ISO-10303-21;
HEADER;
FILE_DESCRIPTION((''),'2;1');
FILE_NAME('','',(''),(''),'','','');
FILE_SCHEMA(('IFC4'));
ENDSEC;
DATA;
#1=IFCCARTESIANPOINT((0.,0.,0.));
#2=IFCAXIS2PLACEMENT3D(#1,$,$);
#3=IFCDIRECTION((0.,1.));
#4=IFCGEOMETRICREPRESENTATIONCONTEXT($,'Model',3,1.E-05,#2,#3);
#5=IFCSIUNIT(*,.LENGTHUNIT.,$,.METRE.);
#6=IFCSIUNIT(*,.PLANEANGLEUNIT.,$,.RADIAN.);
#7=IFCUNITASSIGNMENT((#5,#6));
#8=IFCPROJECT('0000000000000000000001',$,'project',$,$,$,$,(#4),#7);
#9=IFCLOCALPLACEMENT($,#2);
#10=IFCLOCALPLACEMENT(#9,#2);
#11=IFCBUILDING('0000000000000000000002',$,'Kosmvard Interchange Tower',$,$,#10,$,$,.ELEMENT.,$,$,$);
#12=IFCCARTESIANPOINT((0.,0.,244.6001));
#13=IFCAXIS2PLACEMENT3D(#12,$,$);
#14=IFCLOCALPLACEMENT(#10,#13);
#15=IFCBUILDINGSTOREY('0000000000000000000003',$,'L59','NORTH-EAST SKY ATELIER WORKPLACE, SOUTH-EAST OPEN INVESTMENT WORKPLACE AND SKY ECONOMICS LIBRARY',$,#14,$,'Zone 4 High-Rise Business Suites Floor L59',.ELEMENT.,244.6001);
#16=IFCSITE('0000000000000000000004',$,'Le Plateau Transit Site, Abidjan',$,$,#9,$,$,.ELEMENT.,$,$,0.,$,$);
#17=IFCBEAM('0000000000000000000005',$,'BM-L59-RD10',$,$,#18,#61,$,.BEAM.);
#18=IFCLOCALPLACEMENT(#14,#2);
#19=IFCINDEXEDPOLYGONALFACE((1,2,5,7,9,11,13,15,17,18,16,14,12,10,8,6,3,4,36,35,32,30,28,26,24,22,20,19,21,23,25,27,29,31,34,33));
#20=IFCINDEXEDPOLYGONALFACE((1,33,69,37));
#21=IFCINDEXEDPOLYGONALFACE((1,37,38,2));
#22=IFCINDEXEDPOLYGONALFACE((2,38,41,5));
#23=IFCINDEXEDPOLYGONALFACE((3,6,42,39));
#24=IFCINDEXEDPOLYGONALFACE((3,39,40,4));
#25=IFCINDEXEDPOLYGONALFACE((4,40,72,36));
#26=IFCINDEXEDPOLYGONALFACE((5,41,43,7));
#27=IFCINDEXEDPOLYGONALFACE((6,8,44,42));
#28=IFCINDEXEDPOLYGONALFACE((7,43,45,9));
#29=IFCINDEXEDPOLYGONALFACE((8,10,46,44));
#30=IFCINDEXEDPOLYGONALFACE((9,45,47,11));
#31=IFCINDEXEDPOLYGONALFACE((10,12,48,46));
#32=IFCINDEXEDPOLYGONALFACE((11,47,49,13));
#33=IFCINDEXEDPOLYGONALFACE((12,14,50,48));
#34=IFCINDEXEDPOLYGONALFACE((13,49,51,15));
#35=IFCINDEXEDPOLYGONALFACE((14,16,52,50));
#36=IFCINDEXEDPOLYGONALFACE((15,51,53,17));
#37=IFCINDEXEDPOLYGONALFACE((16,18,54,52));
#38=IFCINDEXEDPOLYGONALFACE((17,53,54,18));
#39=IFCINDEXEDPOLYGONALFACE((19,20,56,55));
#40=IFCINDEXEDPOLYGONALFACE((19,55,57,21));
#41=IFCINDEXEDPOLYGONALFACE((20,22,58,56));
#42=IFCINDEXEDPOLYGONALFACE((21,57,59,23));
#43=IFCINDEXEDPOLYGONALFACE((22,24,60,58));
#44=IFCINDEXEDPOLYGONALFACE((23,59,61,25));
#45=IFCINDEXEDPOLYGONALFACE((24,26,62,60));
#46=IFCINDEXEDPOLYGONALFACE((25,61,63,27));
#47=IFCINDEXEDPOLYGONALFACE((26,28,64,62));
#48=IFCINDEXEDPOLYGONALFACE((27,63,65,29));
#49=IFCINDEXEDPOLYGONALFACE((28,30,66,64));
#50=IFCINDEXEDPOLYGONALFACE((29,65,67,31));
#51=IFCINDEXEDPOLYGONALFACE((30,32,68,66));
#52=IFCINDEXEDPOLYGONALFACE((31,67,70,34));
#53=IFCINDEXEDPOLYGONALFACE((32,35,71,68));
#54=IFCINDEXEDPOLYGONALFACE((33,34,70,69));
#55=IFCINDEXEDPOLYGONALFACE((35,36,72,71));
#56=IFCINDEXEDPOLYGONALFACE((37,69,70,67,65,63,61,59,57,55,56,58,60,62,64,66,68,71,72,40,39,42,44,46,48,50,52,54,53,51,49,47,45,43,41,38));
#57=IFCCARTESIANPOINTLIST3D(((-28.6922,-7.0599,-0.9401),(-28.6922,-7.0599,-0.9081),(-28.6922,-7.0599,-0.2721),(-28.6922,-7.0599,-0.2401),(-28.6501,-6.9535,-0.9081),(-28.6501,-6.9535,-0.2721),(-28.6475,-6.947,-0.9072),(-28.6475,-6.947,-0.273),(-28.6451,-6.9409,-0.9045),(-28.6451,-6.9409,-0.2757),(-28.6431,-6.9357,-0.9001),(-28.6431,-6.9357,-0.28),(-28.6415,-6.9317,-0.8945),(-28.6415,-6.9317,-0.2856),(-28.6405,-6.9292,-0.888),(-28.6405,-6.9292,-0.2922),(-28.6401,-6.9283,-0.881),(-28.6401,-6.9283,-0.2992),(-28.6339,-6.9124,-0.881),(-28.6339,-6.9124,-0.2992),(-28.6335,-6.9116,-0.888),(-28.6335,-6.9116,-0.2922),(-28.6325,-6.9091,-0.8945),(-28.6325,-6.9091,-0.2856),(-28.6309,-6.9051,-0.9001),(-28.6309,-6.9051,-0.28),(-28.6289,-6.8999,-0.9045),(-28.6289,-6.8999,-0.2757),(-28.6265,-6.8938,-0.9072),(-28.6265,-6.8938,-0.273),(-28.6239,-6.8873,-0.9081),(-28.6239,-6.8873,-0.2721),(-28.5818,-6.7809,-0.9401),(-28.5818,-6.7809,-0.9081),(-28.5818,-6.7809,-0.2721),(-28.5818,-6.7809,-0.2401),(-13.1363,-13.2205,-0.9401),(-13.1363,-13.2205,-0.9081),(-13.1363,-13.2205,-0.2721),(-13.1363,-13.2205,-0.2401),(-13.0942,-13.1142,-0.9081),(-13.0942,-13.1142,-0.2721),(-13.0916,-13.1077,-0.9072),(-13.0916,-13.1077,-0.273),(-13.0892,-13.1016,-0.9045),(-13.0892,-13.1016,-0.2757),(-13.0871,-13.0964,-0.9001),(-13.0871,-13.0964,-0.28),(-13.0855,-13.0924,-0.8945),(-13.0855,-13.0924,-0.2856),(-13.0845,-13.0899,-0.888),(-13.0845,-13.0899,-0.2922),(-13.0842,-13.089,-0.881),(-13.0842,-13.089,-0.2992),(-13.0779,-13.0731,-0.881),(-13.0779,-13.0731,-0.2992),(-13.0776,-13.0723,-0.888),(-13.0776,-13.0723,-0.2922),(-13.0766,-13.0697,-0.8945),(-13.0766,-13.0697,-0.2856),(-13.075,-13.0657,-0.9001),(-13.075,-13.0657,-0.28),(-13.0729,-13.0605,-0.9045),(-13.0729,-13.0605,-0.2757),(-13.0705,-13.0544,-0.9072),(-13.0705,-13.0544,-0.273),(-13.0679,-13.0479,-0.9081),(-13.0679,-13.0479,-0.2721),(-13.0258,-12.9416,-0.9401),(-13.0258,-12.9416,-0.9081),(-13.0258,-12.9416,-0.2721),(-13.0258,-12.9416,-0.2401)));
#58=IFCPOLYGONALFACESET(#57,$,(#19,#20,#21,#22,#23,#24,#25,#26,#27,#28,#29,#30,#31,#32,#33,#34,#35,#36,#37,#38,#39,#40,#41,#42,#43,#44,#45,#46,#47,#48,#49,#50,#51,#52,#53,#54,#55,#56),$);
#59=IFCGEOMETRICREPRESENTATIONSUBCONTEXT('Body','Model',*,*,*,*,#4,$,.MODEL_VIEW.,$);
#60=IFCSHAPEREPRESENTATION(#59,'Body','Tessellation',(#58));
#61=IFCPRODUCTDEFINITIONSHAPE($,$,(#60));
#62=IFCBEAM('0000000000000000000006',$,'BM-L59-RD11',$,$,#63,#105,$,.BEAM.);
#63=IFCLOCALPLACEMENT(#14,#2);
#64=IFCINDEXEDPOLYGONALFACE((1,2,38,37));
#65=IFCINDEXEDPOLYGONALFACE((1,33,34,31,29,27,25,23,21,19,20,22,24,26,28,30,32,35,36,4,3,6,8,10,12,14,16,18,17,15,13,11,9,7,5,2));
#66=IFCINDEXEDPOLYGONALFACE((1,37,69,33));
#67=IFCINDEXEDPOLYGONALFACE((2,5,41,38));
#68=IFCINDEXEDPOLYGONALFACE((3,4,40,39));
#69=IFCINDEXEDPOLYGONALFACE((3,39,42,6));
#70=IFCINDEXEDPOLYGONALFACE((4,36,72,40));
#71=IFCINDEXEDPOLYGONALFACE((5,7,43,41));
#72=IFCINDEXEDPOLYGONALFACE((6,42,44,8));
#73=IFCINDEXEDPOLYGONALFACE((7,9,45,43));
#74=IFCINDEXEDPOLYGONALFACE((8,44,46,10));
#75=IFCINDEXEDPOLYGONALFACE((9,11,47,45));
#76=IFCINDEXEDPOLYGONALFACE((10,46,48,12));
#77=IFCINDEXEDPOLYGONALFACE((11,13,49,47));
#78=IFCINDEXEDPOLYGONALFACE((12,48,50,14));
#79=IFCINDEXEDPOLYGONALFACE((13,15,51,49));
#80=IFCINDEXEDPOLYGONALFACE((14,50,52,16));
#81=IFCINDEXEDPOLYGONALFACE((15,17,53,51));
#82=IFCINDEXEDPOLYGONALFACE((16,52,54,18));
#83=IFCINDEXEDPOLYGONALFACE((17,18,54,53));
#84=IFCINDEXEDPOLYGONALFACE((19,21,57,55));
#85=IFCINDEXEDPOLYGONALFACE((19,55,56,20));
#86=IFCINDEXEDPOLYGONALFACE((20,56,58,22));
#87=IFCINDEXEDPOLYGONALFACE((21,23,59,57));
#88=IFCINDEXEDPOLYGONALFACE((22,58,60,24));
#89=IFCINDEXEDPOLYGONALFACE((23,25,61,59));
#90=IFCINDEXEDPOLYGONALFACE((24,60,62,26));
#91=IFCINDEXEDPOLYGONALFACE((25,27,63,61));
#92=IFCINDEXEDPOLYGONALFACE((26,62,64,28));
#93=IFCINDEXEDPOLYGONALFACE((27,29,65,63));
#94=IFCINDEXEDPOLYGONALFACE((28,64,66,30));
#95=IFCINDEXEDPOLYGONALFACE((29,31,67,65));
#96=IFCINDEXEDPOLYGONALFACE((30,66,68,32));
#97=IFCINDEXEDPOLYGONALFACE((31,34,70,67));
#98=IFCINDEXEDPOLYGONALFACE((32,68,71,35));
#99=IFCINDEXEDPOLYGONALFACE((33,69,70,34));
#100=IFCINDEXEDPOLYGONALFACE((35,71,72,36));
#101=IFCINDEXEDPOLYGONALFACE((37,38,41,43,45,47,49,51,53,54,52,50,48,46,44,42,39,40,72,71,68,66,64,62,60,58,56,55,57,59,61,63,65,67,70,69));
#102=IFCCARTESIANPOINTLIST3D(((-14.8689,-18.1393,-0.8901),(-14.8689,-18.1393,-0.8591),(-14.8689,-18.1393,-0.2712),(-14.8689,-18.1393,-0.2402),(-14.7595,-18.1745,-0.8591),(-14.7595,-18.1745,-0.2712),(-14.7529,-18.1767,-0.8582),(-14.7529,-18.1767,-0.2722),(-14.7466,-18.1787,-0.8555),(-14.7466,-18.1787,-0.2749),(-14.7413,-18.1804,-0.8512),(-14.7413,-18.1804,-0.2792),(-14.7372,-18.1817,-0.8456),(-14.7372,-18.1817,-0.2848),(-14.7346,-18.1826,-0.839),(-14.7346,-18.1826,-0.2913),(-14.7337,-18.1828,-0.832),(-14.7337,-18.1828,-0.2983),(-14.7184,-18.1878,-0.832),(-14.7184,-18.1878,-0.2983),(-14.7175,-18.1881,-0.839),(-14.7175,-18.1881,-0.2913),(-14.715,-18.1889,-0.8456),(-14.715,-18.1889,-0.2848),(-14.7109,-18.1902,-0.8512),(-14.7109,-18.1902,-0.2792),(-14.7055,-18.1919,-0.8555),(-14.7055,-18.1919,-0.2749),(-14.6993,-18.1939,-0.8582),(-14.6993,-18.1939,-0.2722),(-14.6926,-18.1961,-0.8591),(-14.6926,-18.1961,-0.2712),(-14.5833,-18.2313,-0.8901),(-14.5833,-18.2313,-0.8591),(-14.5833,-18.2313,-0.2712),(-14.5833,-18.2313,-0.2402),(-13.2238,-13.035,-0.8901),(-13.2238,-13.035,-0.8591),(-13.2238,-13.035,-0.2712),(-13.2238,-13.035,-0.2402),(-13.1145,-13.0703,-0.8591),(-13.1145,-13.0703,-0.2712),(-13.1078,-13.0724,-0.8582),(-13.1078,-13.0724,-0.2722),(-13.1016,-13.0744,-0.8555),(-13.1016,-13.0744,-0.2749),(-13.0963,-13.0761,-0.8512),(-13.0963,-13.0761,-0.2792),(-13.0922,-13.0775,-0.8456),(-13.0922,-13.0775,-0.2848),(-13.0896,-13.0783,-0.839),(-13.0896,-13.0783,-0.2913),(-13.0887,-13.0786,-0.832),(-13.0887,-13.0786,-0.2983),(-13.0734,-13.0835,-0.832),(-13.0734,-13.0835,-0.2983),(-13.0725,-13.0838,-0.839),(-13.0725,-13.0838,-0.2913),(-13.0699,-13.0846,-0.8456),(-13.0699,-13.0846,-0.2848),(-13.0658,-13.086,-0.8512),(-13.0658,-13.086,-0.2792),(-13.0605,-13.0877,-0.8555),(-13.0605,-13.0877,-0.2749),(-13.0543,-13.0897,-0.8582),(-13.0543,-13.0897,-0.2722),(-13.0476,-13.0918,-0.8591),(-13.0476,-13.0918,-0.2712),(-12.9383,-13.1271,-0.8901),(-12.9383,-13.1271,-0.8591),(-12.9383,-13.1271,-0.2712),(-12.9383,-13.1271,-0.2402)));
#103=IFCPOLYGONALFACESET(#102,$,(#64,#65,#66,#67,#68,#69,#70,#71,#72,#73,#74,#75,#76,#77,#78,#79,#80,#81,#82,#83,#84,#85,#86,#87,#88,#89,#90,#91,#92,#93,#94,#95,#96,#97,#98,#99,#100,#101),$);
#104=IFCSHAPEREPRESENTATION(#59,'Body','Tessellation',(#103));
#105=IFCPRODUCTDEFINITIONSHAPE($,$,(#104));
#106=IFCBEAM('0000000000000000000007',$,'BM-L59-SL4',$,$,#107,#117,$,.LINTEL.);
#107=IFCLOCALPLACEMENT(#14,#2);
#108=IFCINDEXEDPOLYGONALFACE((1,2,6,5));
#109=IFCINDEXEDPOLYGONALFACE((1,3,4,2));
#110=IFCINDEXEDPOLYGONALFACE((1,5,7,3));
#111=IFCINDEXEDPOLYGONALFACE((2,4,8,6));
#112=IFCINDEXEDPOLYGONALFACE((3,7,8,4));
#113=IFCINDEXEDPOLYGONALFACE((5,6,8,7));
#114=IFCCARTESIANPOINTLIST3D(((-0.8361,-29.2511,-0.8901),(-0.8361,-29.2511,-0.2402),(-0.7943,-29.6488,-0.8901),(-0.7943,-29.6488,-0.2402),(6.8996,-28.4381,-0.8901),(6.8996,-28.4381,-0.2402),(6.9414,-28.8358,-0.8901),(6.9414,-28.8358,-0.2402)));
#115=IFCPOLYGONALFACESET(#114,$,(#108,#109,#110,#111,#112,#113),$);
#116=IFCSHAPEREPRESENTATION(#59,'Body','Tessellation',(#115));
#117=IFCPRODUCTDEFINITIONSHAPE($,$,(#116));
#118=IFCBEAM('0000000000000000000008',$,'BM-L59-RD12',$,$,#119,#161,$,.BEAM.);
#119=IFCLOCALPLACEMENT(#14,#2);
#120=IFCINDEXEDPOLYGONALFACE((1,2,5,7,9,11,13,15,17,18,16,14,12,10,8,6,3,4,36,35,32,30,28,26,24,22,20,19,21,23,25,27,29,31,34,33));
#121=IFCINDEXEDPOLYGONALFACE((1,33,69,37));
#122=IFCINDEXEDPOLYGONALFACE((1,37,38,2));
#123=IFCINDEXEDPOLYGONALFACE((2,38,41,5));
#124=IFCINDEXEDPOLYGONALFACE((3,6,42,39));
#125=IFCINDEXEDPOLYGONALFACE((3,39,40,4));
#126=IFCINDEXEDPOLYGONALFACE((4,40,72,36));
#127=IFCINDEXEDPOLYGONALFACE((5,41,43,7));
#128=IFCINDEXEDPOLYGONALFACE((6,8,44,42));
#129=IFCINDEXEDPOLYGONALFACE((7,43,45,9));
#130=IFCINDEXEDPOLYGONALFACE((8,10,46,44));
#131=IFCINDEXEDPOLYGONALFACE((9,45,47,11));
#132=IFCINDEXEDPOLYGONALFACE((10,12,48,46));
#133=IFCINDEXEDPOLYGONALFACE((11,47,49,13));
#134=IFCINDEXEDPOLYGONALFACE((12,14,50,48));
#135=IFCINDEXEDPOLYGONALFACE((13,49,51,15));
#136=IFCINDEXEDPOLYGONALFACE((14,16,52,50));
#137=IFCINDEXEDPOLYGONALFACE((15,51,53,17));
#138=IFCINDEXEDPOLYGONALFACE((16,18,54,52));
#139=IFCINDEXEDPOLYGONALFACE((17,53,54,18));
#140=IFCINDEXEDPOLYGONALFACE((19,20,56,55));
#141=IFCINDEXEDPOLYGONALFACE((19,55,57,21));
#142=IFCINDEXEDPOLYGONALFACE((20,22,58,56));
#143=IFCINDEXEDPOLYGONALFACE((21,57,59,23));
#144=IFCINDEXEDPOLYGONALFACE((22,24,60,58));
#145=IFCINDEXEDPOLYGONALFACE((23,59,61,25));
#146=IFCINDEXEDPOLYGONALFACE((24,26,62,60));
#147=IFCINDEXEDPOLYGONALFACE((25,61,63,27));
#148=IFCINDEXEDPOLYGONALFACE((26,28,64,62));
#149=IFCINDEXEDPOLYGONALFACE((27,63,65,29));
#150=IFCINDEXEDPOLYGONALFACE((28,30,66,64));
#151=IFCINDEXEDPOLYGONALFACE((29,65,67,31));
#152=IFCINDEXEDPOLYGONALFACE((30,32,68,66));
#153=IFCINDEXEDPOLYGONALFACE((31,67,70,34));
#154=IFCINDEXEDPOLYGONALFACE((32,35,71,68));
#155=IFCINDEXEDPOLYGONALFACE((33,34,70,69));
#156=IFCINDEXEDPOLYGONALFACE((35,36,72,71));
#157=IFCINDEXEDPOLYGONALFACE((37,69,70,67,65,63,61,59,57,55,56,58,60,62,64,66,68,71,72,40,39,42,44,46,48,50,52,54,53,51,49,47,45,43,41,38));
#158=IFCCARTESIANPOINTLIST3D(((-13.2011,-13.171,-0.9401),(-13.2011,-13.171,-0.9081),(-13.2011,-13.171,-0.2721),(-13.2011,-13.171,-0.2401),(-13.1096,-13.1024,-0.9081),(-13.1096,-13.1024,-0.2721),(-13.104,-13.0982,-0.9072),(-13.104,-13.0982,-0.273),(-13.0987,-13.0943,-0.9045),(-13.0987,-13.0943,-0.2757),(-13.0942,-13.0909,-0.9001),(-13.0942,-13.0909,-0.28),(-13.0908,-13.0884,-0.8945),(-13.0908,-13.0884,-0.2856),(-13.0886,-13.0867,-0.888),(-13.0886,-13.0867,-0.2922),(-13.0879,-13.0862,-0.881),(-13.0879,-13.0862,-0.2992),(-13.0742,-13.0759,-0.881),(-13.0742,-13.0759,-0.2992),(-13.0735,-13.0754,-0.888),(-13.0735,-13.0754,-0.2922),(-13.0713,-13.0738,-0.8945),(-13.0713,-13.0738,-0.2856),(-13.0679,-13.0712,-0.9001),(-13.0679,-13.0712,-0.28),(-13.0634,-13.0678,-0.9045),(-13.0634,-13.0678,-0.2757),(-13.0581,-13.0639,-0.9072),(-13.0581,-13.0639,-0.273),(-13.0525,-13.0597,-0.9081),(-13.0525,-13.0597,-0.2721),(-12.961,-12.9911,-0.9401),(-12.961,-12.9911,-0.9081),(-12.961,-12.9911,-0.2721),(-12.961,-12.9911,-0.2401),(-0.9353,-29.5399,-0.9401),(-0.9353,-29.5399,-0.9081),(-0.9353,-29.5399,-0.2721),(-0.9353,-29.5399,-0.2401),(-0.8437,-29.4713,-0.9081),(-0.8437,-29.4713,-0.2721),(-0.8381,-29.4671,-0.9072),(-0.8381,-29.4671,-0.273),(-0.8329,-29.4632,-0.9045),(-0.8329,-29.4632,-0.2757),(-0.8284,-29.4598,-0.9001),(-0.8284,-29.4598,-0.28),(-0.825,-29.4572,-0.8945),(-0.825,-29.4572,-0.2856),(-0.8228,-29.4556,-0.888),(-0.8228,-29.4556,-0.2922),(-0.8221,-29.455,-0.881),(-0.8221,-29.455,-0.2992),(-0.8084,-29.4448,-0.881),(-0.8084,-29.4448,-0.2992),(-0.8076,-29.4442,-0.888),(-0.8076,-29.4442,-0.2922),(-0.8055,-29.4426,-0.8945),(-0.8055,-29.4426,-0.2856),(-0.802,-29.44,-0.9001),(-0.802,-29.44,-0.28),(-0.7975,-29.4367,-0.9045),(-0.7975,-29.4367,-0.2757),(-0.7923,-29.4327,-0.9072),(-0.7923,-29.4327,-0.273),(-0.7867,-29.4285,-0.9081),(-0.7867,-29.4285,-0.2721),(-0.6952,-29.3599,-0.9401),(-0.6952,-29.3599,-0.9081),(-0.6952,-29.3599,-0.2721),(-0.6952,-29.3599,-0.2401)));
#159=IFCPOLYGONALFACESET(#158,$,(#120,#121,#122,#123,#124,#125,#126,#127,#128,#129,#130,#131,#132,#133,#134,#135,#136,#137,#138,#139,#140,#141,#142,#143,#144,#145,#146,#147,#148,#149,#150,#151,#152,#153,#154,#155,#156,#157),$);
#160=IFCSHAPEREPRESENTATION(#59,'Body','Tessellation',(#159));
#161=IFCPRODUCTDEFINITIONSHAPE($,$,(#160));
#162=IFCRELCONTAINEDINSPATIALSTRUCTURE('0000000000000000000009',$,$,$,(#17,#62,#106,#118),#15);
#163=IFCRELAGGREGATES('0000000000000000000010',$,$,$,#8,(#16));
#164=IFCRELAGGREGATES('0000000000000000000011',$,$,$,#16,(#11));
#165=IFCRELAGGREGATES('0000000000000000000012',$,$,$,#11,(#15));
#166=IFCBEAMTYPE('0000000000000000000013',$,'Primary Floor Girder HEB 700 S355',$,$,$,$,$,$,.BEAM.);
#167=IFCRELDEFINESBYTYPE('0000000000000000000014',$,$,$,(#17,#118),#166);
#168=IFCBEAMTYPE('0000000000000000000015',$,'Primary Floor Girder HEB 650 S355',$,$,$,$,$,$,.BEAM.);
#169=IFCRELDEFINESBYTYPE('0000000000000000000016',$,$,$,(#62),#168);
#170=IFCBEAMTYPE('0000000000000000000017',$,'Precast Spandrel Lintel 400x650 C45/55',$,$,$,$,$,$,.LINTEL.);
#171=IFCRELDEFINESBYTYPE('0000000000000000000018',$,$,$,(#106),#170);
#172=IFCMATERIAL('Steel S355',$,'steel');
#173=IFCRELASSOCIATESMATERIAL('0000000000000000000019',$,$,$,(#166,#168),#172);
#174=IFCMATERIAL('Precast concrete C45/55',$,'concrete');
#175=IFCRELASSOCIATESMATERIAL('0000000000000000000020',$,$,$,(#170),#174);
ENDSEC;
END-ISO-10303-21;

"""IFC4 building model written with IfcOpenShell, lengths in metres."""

from ifc_helpers import new_model, si_unit, direction, frame, origin, origin_2d, place, context, subcontext, project, spatial, rectangle, i_section, extrude, source, transform, mapped, material, material_profile, profile_set, type_object, element, save


model = new_model("IFC4")

# Units and contexts
model_context = context("Model", 3, precision=1e-05, world=origin(), true_north=direction((0.0, 1.0)))
body_context = subcontext(model_context, "Body", "Model", "MODEL_VIEW")
ifc_project = project(units=[si_unit("LENGTHUNIT", "METRE"), si_unit("PLANEANGLEUNIT", "RADIAN")], contexts=[model_context])

# Site, building, storey
site_placement = place(None, origin())
site = spatial("IfcSite", under=ifc_project, at=site_placement, Name="Le Plateau Transit Site, Abidjan", CompositionType="ELEMENT", RefElevation=0.0)
building_placement = place(site_placement, origin())
building = spatial("IfcBuilding", under=site, at=building_placement, Name="Kosmvard Interchange Tower", CompositionType="ELEMENT")
storey_placement = place(building_placement, frame((0.0, 0.0, 244.6001)))
storey = spatial("IfcBuildingStorey", under=building, at=storey_placement, Name="L59", Description="NORTH-EAST SKY ATELIER WORKPLACE, SOUTH-EAST OPEN INVESTMENT WORKPLACE AND SKY ECONOMICS LIBRARY", LongName="Zone 4 High-Rise Business Suites Floor L59", CompositionType="ELEMENT", Elevation=244.6001)

# Beams
ifc_material_1 = material(Name="Steel S355", Category="steel")
ifc_material_profile_1 = material_profile(ifc_material_1, i_section(OverallWidth=0.3, OverallDepth=0.7, WebThickness=0.0171, FlangeThickness=0.032, FilletRadius=0.0271, at=origin_2d()), Name="HEB 700")
ifc_profile_set_1 = profile_set([ifc_material_profile_1], Name="Steel S355")
beam_type_1 = type_object("IfcBeamType", Name="Primary Floor Girder HEB 700 S355", PredefinedType="BEAM", material=ifc_profile_set_1)
shared_shape_1 = source(origin(), body_context, "Body", "SweptSolid", [
    extrude(i_section(OverallWidth=0.3, OverallDepth=0.7, WebThickness=0.0171, FlangeThickness=0.032, FilletRadius=0.0271, at=origin_2d()), origin(), (0.0, 0.0, 1.0), 16.7314),
])
beam_1_placement = place(storey_placement, frame((-13.0811, -13.0811, -0.5901), z_axis=(-0.929743, 0.368209, 0.0), x_axis=(-0.368209, -0.929743, 0.0)))
element("IfcBeam", 1, at=beam_1_placement, inside=storey, type_object=beam_type_1, Name="BM-L59-RD10", PredefinedType="BEAM", context=body_context, shape_type="MappedRepresentation", body=[
    mapped(shared_shape_1, transform((0.0, 0.0, 0.0), scale=1.0)),
])
ifc_material_profile_2 = material_profile(ifc_material_1, i_section(OverallWidth=0.3, OverallDepth=0.6499, WebThickness=0.0161, FlangeThickness=0.031, FilletRadius=0.0271, at=origin_2d()), Name="HEB 650")
ifc_profile_set_2 = profile_set([ifc_material_profile_2], Name="Steel S355")
beam_type_2 = type_object("IfcBeamType", Name="Primary Floor Girder HEB 650 S355", PredefinedType="BEAM", material=ifc_profile_set_2)
shared_shape_2 = source(origin(), body_context, "Body", "SweptSolid", [
    extrude(i_section(OverallWidth=0.3, OverallDepth=0.6499, WebThickness=0.0161, FlangeThickness=0.031, FilletRadius=0.0271, at=origin_2d()), origin(), (0.0, 0.0, 1.0), 5.3628),
])
beam_2_placement = place(storey_placement, frame((-13.0811, -13.0811, -0.5652), z_axis=(-0.306747, -0.951791, 0.0), x_axis=(0.951791, -0.306747, 0.0)))
element("IfcBeam", 2, at=beam_2_placement, inside=storey, type_object=beam_type_2, Name="BM-L59-RD11", PredefinedType="BEAM", context=body_context, shape_type="MappedRepresentation", body=[
    mapped(shared_shape_2, transform((0.0, 0.0, 0.0), scale=1.0)),
])
ifc_material_2 = material(Name="Precast concrete C45/55", Category="concrete")
ifc_material_profile_3 = material_profile(ifc_material_2, rectangle(XDim=0.3999, YDim=0.6499, at=origin_2d()), Name="SL 400x650")
ifc_profile_set_3 = profile_set([ifc_material_profile_3], Name="Precast concrete C45/55")
beam_type_3 = type_object("IfcBeamType", Name="Precast Spandrel Lintel 400x650 C45/55", PredefinedType="LINTEL", material=ifc_profile_set_3)
shared_shape_3 = source(origin(), body_context, "Body", "SweptSolid", [
    extrude(rectangle(XDim=0.3999, YDim=0.6499, at=origin_2d()), origin(), (0.0, 0.0, 1.0), 7.7783),
])
beam_3_placement = place(storey_placement, frame((-0.8152, -29.45, -0.5652), z_axis=(0.994523, 0.104521, 0.0), x_axis=(-0.104521, 0.994523, 0.0)))
element("IfcBeam", 3, at=beam_3_placement, inside=storey, type_object=beam_type_3, Name="BM-L59-SL4", PredefinedType="LINTEL", context=body_context, shape_type="MappedRepresentation", body=[
    mapped(shared_shape_3, transform((0.0, 0.0, 0.0), scale=1.0)),
])
shared_shape_4 = source(origin(), body_context, "Body", "SweptSolid", [
    extrude(i_section(OverallWidth=0.3, OverallDepth=0.7, WebThickness=0.0171, FlangeThickness=0.032, FilletRadius=0.0271, at=origin_2d()), origin(), (0.0, 0.0, 1.0), 20.4546),
])
beam_4_placement = place(storey_placement, frame((-13.0811, -13.0811, -0.5901), z_axis=(0.599662, -0.800253, 0.0), x_axis=(0.800253, 0.599662, 0.0)))
element("IfcBeam", 4, at=beam_4_placement, inside=storey, type_object=beam_type_1, Name="BM-L59-RD12", PredefinedType="BEAM", context=body_context, shape_type="MappedRepresentation", body=[
    mapped(shared_shape_4, transform((0.0, 0.0, 0.0), scale=1.0)),
])

save(model, "model.ifc")
